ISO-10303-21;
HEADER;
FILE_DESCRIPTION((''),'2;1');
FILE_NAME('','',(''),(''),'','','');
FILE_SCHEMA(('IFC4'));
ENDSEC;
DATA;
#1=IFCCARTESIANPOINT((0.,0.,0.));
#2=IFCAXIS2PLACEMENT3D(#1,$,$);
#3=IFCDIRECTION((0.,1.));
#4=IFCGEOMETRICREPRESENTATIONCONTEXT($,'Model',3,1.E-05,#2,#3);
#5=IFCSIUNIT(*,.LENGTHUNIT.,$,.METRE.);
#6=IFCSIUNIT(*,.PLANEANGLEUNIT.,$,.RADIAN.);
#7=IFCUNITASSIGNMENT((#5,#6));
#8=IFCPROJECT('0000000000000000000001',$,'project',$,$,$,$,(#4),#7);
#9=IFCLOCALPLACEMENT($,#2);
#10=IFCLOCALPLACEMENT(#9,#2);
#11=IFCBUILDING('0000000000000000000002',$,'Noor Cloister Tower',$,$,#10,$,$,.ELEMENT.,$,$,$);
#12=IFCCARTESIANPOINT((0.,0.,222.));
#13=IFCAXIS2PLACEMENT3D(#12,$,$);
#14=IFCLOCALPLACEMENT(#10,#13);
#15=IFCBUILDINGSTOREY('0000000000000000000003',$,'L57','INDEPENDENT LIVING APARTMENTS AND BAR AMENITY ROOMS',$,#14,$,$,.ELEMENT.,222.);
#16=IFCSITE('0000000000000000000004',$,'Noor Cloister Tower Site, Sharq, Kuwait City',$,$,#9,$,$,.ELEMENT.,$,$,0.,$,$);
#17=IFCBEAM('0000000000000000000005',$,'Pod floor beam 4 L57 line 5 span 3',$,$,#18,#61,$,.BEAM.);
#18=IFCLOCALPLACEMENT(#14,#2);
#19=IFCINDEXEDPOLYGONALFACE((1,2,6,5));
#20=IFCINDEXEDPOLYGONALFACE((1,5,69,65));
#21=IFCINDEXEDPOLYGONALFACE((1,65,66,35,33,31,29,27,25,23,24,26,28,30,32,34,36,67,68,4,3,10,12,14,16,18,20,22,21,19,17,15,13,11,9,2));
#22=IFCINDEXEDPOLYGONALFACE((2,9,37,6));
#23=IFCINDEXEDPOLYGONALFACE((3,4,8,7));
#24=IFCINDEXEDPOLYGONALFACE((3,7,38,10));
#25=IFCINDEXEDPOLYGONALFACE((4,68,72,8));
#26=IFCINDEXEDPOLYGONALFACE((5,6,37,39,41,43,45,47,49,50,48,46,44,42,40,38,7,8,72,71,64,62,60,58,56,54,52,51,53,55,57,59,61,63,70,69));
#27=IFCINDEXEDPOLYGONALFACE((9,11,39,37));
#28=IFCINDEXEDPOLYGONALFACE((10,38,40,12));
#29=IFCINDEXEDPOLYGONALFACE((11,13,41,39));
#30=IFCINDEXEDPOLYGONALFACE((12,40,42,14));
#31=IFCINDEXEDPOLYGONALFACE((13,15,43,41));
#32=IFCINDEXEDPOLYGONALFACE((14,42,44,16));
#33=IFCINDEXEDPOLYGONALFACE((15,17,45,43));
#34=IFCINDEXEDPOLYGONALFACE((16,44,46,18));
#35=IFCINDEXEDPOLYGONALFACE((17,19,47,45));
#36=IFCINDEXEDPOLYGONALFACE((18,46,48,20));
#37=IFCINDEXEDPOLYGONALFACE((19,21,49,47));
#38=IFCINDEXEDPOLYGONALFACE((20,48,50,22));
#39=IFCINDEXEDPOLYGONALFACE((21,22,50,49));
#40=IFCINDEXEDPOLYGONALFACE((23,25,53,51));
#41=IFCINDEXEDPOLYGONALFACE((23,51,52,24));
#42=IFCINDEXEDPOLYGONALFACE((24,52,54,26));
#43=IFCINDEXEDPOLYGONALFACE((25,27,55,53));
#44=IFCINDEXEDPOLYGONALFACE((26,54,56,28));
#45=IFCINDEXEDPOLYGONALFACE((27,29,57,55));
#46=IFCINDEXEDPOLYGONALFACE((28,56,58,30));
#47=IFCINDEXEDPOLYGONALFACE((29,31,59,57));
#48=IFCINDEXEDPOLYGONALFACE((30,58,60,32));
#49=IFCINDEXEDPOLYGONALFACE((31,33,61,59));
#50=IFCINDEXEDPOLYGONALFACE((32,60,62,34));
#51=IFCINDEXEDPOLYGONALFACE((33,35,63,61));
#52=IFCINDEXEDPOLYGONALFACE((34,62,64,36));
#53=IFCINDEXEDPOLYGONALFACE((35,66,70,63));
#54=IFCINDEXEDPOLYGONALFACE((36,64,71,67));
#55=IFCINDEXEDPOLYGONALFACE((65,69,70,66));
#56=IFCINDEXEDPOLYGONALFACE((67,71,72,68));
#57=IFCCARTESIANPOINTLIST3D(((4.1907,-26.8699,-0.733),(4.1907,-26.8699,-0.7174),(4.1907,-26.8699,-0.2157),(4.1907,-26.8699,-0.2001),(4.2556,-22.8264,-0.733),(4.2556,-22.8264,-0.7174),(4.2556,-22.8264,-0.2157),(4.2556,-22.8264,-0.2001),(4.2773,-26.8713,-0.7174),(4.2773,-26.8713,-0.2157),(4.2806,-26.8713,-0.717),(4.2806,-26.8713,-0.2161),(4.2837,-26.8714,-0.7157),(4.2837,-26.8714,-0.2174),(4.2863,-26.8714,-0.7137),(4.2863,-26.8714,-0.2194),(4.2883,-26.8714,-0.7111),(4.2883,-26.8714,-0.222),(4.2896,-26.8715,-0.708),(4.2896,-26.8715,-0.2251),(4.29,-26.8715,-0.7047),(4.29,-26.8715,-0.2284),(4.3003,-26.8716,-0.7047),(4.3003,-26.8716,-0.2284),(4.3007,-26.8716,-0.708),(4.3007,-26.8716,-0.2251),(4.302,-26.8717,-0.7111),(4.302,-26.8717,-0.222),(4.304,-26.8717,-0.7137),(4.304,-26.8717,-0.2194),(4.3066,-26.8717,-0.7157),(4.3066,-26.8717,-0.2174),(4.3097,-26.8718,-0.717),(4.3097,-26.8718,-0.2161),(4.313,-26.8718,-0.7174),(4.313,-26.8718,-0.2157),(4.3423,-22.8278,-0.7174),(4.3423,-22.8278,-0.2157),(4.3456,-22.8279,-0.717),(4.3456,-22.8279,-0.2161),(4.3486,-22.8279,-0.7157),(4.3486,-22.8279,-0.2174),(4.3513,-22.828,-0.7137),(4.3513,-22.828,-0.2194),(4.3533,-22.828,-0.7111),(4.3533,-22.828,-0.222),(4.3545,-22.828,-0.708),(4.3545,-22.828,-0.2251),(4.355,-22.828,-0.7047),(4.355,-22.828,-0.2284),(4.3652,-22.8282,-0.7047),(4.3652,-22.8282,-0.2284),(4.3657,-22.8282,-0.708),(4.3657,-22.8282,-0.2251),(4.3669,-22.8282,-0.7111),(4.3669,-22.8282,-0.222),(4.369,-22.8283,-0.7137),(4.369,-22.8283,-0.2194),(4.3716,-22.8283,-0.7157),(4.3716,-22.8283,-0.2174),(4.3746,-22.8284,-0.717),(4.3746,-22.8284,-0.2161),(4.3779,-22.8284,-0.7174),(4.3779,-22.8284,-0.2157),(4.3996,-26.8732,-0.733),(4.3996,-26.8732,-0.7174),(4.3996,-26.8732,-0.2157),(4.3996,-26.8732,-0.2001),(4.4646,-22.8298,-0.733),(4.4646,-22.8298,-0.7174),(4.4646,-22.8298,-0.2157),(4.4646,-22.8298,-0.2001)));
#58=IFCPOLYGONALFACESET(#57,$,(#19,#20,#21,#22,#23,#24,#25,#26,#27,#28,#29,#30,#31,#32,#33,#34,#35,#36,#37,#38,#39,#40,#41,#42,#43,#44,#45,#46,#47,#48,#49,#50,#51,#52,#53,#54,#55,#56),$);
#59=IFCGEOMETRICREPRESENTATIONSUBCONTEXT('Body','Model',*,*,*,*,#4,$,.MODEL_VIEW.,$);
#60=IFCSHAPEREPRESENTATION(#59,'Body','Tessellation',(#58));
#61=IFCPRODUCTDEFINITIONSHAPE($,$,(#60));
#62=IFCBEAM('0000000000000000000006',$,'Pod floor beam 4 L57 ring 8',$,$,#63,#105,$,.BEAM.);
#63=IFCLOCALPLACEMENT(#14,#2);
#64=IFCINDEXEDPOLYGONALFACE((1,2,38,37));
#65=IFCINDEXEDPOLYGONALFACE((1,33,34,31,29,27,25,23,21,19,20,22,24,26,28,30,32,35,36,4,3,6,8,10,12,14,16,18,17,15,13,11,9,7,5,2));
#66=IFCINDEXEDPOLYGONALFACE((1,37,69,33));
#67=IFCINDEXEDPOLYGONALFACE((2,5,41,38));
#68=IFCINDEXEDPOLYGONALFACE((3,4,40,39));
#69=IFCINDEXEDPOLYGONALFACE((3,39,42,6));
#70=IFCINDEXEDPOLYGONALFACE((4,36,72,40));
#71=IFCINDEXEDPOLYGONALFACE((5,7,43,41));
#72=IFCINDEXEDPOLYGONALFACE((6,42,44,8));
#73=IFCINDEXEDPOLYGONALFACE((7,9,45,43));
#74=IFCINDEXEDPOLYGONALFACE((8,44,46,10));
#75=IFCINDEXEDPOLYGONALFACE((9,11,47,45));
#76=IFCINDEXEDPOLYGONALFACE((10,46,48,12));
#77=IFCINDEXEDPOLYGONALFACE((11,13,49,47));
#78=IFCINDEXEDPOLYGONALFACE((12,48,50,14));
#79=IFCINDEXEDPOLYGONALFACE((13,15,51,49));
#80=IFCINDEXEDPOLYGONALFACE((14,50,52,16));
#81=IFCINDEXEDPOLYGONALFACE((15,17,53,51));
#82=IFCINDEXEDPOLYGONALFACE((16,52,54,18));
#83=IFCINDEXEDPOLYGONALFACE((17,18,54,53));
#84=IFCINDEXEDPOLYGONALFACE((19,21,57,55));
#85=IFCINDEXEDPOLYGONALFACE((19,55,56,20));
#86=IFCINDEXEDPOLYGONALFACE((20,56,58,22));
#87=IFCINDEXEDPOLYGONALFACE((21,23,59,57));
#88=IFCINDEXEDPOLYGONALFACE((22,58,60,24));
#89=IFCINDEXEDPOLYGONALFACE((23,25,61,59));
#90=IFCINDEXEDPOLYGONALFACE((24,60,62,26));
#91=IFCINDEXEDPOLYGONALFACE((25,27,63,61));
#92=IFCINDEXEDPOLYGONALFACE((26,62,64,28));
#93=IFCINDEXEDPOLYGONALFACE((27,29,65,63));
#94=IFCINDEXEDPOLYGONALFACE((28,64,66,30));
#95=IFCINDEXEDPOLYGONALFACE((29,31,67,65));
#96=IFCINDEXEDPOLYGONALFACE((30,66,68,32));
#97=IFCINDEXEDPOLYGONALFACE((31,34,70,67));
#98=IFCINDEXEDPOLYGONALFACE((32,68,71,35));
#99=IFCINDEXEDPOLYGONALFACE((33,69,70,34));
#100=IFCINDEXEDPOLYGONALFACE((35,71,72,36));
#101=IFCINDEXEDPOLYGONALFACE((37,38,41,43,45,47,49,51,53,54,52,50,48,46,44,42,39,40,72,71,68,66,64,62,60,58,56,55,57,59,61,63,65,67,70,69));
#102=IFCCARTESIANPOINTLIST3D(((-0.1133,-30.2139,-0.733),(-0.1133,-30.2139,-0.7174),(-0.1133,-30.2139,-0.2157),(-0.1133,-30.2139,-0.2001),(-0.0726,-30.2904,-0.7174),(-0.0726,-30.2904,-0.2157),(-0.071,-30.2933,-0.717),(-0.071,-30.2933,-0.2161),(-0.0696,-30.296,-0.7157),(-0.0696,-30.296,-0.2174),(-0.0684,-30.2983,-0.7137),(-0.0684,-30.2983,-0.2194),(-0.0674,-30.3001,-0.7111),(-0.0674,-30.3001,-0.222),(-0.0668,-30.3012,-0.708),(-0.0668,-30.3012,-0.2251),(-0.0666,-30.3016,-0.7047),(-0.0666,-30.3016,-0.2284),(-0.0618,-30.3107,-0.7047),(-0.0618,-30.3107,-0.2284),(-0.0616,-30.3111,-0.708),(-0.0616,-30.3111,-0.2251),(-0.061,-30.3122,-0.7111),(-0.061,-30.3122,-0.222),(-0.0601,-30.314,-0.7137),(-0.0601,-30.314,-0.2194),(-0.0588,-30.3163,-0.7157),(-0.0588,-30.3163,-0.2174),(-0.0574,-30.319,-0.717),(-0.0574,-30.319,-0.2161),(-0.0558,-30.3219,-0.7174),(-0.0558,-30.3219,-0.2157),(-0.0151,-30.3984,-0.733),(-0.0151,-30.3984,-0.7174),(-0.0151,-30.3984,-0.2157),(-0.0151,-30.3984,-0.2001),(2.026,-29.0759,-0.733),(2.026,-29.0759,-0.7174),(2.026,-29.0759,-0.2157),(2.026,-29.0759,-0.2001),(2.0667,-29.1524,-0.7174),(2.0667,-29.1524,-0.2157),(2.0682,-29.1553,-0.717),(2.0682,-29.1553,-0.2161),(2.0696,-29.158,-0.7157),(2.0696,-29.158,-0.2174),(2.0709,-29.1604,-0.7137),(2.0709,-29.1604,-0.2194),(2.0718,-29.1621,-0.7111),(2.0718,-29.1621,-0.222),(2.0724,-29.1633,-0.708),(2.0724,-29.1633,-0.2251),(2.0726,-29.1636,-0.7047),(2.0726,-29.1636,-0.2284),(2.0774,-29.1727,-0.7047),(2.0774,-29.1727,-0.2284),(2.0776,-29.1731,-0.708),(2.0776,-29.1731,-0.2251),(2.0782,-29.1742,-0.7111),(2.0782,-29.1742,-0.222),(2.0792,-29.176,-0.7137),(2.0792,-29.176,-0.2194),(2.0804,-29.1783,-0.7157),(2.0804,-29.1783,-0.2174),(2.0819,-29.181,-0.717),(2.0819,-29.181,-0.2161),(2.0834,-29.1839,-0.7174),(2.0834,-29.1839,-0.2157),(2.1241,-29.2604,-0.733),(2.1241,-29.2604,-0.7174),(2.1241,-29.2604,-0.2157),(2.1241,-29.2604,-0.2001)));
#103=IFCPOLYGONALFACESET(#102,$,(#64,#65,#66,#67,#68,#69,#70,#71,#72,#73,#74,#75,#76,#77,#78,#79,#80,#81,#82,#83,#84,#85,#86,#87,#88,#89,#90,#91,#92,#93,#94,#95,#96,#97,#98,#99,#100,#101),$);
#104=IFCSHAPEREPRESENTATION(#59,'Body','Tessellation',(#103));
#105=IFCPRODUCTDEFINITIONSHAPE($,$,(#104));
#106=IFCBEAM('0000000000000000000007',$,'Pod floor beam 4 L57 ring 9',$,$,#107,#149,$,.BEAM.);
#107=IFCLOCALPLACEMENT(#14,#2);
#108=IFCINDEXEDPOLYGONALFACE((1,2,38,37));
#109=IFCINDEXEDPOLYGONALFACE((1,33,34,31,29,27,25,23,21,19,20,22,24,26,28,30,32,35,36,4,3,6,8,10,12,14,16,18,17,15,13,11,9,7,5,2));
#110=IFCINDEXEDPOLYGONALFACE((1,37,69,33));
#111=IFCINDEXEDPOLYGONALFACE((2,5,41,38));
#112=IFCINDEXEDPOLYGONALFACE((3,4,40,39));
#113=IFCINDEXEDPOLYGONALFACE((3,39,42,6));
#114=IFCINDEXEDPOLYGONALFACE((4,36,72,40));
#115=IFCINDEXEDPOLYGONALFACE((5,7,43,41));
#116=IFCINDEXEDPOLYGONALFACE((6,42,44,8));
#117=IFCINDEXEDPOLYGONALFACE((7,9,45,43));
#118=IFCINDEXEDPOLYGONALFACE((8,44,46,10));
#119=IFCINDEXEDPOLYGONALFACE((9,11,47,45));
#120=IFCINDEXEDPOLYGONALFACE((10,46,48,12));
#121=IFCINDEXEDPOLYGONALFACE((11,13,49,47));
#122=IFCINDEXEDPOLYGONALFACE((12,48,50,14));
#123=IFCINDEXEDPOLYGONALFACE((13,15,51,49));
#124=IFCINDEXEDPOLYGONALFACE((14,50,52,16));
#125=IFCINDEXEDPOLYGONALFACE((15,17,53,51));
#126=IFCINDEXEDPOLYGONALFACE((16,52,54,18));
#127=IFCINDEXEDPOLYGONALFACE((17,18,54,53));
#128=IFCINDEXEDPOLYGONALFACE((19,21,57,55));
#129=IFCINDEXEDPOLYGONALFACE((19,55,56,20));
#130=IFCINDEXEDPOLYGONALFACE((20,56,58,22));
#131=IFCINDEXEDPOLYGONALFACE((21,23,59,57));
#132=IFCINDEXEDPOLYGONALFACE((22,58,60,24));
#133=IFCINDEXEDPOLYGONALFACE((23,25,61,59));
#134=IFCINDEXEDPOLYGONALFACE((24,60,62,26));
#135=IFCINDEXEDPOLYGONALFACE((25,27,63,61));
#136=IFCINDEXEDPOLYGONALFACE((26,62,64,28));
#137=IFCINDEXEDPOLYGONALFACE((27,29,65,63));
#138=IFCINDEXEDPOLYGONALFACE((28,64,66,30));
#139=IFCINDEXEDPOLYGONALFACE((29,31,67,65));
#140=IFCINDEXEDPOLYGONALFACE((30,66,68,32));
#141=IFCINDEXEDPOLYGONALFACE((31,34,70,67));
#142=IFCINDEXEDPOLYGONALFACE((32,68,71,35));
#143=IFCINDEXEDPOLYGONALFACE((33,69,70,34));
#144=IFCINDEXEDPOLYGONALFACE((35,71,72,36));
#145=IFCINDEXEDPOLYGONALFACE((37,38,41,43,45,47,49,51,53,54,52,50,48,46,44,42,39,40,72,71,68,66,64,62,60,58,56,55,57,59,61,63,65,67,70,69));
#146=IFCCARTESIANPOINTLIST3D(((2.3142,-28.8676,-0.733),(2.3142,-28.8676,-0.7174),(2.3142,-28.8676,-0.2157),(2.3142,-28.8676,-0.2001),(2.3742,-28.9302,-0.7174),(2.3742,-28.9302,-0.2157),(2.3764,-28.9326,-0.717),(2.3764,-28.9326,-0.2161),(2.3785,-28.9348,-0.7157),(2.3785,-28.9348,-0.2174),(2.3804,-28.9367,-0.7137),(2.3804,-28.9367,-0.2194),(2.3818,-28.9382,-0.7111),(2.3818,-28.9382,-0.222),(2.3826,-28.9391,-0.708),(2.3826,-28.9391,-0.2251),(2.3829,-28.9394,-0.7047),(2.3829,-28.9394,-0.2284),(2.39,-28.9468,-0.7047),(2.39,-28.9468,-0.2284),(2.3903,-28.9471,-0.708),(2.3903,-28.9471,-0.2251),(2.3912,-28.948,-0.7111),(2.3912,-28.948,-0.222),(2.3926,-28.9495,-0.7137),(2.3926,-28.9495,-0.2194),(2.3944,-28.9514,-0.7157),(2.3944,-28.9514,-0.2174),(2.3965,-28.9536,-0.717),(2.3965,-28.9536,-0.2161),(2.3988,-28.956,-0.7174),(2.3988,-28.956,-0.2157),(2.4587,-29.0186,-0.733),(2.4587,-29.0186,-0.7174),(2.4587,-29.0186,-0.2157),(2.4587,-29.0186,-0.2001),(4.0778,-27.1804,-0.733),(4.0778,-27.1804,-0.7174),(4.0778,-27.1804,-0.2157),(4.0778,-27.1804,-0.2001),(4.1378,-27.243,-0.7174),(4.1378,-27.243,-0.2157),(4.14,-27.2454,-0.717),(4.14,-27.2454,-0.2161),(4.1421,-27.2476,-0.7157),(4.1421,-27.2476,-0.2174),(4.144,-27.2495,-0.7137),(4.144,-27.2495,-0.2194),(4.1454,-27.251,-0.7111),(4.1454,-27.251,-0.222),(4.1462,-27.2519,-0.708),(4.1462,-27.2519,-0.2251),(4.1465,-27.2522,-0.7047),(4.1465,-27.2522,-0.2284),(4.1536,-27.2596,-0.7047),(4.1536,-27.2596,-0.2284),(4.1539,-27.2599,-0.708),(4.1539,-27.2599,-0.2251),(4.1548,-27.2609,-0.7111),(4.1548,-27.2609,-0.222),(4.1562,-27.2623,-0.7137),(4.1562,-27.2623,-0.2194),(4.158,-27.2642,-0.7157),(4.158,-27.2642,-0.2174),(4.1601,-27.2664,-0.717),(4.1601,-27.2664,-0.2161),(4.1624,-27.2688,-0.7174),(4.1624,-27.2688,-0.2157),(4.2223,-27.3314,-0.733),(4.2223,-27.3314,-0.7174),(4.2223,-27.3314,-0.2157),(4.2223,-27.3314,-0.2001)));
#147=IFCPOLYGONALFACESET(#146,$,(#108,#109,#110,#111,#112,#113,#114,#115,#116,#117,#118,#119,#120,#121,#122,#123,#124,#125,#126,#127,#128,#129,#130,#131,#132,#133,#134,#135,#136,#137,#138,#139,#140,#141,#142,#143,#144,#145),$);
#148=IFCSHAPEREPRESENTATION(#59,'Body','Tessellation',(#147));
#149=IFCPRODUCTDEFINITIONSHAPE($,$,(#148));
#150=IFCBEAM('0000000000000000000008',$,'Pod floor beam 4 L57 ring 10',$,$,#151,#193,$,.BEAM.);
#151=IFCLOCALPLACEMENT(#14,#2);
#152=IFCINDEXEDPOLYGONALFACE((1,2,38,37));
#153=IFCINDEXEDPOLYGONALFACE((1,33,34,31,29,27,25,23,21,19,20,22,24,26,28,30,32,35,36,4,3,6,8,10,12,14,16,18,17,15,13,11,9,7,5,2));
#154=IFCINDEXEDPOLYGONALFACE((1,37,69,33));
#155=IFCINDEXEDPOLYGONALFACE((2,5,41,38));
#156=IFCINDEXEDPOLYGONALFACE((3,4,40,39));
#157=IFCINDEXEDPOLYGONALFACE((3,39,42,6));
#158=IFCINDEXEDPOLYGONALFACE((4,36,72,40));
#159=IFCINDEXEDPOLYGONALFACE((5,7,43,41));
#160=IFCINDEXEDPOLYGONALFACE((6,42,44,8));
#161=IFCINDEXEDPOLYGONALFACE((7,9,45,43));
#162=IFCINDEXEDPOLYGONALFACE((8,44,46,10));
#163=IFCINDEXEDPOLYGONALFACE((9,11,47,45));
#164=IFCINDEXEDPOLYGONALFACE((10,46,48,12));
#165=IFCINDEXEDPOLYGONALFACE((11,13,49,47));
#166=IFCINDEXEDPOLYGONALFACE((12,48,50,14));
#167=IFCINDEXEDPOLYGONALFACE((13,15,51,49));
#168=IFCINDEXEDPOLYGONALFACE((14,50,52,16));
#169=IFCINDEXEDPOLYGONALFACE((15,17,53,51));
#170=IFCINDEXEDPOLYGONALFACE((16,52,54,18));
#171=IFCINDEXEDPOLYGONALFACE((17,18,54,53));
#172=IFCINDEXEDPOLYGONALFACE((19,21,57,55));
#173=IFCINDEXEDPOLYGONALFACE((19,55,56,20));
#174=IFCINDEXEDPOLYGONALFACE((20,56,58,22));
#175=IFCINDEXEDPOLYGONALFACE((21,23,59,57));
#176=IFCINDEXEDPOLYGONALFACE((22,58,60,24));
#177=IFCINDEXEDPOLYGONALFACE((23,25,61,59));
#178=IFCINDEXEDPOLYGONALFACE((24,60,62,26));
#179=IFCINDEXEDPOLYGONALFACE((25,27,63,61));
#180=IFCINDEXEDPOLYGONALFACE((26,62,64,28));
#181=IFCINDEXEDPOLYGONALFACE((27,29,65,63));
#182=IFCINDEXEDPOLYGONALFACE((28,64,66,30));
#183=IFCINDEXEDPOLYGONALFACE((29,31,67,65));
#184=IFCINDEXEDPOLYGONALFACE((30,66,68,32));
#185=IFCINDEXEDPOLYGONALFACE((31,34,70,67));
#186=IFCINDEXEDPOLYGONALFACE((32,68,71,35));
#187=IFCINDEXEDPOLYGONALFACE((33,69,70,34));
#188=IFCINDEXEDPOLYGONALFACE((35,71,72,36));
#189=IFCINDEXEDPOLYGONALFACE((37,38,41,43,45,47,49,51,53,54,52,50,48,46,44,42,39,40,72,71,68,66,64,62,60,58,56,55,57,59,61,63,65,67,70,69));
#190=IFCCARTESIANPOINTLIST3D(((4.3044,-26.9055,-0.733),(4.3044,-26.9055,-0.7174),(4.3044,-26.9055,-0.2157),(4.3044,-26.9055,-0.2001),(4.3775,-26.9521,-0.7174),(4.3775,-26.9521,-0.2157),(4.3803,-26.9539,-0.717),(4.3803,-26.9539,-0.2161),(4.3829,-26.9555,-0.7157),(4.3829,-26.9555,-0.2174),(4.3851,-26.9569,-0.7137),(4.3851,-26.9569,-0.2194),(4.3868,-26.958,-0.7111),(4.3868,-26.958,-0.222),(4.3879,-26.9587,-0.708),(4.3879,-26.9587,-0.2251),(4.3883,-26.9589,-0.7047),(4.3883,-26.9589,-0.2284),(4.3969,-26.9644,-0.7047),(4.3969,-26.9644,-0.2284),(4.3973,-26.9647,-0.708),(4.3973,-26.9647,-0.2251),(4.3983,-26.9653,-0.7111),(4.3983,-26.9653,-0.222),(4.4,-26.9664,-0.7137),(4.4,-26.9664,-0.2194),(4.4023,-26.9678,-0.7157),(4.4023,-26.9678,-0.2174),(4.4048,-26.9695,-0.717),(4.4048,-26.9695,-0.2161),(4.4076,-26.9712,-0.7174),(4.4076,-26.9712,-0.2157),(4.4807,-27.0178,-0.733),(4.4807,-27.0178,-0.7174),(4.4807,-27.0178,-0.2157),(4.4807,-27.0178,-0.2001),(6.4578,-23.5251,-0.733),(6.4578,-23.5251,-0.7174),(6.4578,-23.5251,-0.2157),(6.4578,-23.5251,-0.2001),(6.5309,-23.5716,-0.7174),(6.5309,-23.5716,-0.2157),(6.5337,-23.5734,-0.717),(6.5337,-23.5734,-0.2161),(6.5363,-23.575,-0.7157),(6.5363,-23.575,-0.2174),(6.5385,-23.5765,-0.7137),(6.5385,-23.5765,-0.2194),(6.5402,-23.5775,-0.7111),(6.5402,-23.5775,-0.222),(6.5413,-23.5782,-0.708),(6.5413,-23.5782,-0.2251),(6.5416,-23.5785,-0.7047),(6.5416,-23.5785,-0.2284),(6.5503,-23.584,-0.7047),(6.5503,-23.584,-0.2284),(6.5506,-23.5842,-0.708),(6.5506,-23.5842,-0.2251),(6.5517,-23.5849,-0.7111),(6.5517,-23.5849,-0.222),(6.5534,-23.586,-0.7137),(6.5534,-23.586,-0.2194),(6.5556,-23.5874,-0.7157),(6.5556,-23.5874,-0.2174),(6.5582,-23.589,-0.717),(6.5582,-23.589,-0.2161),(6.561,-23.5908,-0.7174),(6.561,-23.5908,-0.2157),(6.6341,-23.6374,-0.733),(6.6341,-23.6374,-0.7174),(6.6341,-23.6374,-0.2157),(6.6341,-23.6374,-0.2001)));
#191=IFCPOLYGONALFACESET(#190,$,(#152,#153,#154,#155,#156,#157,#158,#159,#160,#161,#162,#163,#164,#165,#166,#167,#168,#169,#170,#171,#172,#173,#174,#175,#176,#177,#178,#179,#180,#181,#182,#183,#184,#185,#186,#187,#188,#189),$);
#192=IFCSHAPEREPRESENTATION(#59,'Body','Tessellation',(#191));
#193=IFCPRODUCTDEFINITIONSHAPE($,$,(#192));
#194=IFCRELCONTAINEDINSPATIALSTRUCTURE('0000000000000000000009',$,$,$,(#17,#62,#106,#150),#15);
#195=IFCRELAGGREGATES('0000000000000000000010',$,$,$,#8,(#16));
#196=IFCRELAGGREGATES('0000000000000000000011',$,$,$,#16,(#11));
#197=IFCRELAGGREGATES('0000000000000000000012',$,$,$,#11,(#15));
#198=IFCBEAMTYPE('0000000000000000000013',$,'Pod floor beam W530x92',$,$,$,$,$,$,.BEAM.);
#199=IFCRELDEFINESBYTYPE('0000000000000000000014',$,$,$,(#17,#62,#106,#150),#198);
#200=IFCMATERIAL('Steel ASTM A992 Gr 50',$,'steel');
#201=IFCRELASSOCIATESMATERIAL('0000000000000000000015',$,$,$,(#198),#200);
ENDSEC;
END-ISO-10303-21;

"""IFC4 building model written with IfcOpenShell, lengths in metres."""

from ifc_helpers import new_model, si_unit, direction, frame, origin, origin_2d, place, context, subcontext, project, spatial, i_section, extrude, material, material_profile, profile_set, type_object, element, save


model = new_model("IFC4")

# Units and contexts
model_context = context("Model", 3, precision=1e-05, world=origin(), true_north=direction((0.0, 1.0)))
body_context = subcontext(model_context, "Body", "Model", "MODEL_VIEW")
ifc_project = project(units=[si_unit("LENGTHUNIT", "METRE"), si_unit("PLANEANGLEUNIT", "RADIAN")], contexts=[model_context])

# Site, building, storey
site_placement = place(None, origin())
site = spatial("IfcSite", under=ifc_project, at=site_placement, Name="Noor Cloister Tower Site, Sharq, Kuwait City", CompositionType="ELEMENT", RefElevation=0.0)
building_placement = place(site_placement, origin())
building = spatial("IfcBuilding", under=site, at=building_placement, Name="Noor Cloister Tower", CompositionType="ELEMENT")
storey_placement = place(building_placement, frame((0.0, 0.0, 222.0)))
storey = spatial("IfcBuildingStorey", under=building, at=storey_placement, Name="L57", Description="INDEPENDENT LIVING APARTMENTS AND BAR AMENITY ROOMS", CompositionType="ELEMENT", Elevation=222.0)

# Beams
ifc_material_1 = material(Name="Steel ASTM A992 Gr 50", Category="steel")
ifc_material_profile_1 = material_profile(ifc_material_1, i_section(OverallWidth=0.209, OverallDepth=0.533, WebThickness=0.0103, FlangeThickness=0.0156, FilletRadius=0.0127, at=origin_2d()), Name="W530x92")
ifc_profile_set_1 = profile_set([ifc_material_profile_1], Name="Steel ASTM A992 Gr 50")
beam_type = type_object("IfcBeamType", Name="Pod floor beam W530x92", PredefinedType="BEAM", material=ifc_profile_set_1)
beam_1_placement = place(storey_placement, frame((4.3601, -22.8281, -0.4666), z_axis=(-0.016059, -0.999871, 0.0), x_axis=(0.999871, -0.016059, 0.0)))
element("IfcBeam", 1, at=beam_1_placement, inside=storey, type_object=beam_type, Name="Pod floor beam 4 L57 line 5 span 3", PredefinedType="BEAM", context=body_context, shape_type="SweptSolid", body=[
    extrude(i_section(OverallWidth=0.209, OverallDepth=0.533, WebThickness=0.0103, FlangeThickness=0.0156, FilletRadius=0.0127, at=origin_2d()), origin(), (0.0, 0.0, 1.0), 4.0439),
])
beam_2_placement = place(storey_placement, frame((-0.0642, -30.3062, -0.4666), z_axis=(0.882857, 0.469641, 0.0), x_axis=(-0.469641, 0.882857, 0.0)))
element("IfcBeam", 2, at=beam_2_placement, inside=storey, type_object=beam_type, Name="Pod floor beam 4 L57 ring 8", PredefinedType="BEAM", context=body_context, shape_type="SweptSolid", body=[
    extrude(i_section(OverallWidth=0.209, OverallDepth=0.533, WebThickness=0.0103, FlangeThickness=0.0156, FilletRadius=0.0127, at=origin_2d()), origin(), (0.0, 0.0, 1.0), 2.4231),
])
beam_3_placement = place(storey_placement, frame((2.3865, -28.9431, -0.4666), z_axis=(0.722588, 0.691279, 0.0), x_axis=(-0.691279, 0.722588, 0.0)))
element("IfcBeam", 3, at=beam_3_placement, inside=storey, type_object=beam_type, Name="Pod floor beam 4 L57 ring 9", PredefinedType="BEAM", context=body_context, shape_type="SweptSolid", body=[
    extrude(i_section(OverallWidth=0.209, OverallDepth=0.533, WebThickness=0.0103, FlangeThickness=0.0156, FilletRadius=0.0127, at=origin_2d()), origin(), (0.0, 0.0, 1.0), 2.4407),
])
beam_4_placement = place(storey_placement, frame((4.3926, -26.9617, -0.4666), z_axis=(0.537262, 0.843416, 0.0), x_axis=(-0.843416, 0.537262, 0.0)))
element("IfcBeam", 4, at=beam_4_placement, inside=storey, type_object=beam_type, Name="Pod floor beam 4 L57 ring 10", PredefinedType="BEAM", context=body_context, shape_type="SweptSolid", body=[
    extrude(i_section(OverallWidth=0.209, OverallDepth=0.533, WebThickness=0.0103, FlangeThickness=0.0156, FilletRadius=0.0127, at=origin_2d()), origin(), (0.0, 0.0, 1.0), 4.0081),
])

save(model, "model.ifc")
